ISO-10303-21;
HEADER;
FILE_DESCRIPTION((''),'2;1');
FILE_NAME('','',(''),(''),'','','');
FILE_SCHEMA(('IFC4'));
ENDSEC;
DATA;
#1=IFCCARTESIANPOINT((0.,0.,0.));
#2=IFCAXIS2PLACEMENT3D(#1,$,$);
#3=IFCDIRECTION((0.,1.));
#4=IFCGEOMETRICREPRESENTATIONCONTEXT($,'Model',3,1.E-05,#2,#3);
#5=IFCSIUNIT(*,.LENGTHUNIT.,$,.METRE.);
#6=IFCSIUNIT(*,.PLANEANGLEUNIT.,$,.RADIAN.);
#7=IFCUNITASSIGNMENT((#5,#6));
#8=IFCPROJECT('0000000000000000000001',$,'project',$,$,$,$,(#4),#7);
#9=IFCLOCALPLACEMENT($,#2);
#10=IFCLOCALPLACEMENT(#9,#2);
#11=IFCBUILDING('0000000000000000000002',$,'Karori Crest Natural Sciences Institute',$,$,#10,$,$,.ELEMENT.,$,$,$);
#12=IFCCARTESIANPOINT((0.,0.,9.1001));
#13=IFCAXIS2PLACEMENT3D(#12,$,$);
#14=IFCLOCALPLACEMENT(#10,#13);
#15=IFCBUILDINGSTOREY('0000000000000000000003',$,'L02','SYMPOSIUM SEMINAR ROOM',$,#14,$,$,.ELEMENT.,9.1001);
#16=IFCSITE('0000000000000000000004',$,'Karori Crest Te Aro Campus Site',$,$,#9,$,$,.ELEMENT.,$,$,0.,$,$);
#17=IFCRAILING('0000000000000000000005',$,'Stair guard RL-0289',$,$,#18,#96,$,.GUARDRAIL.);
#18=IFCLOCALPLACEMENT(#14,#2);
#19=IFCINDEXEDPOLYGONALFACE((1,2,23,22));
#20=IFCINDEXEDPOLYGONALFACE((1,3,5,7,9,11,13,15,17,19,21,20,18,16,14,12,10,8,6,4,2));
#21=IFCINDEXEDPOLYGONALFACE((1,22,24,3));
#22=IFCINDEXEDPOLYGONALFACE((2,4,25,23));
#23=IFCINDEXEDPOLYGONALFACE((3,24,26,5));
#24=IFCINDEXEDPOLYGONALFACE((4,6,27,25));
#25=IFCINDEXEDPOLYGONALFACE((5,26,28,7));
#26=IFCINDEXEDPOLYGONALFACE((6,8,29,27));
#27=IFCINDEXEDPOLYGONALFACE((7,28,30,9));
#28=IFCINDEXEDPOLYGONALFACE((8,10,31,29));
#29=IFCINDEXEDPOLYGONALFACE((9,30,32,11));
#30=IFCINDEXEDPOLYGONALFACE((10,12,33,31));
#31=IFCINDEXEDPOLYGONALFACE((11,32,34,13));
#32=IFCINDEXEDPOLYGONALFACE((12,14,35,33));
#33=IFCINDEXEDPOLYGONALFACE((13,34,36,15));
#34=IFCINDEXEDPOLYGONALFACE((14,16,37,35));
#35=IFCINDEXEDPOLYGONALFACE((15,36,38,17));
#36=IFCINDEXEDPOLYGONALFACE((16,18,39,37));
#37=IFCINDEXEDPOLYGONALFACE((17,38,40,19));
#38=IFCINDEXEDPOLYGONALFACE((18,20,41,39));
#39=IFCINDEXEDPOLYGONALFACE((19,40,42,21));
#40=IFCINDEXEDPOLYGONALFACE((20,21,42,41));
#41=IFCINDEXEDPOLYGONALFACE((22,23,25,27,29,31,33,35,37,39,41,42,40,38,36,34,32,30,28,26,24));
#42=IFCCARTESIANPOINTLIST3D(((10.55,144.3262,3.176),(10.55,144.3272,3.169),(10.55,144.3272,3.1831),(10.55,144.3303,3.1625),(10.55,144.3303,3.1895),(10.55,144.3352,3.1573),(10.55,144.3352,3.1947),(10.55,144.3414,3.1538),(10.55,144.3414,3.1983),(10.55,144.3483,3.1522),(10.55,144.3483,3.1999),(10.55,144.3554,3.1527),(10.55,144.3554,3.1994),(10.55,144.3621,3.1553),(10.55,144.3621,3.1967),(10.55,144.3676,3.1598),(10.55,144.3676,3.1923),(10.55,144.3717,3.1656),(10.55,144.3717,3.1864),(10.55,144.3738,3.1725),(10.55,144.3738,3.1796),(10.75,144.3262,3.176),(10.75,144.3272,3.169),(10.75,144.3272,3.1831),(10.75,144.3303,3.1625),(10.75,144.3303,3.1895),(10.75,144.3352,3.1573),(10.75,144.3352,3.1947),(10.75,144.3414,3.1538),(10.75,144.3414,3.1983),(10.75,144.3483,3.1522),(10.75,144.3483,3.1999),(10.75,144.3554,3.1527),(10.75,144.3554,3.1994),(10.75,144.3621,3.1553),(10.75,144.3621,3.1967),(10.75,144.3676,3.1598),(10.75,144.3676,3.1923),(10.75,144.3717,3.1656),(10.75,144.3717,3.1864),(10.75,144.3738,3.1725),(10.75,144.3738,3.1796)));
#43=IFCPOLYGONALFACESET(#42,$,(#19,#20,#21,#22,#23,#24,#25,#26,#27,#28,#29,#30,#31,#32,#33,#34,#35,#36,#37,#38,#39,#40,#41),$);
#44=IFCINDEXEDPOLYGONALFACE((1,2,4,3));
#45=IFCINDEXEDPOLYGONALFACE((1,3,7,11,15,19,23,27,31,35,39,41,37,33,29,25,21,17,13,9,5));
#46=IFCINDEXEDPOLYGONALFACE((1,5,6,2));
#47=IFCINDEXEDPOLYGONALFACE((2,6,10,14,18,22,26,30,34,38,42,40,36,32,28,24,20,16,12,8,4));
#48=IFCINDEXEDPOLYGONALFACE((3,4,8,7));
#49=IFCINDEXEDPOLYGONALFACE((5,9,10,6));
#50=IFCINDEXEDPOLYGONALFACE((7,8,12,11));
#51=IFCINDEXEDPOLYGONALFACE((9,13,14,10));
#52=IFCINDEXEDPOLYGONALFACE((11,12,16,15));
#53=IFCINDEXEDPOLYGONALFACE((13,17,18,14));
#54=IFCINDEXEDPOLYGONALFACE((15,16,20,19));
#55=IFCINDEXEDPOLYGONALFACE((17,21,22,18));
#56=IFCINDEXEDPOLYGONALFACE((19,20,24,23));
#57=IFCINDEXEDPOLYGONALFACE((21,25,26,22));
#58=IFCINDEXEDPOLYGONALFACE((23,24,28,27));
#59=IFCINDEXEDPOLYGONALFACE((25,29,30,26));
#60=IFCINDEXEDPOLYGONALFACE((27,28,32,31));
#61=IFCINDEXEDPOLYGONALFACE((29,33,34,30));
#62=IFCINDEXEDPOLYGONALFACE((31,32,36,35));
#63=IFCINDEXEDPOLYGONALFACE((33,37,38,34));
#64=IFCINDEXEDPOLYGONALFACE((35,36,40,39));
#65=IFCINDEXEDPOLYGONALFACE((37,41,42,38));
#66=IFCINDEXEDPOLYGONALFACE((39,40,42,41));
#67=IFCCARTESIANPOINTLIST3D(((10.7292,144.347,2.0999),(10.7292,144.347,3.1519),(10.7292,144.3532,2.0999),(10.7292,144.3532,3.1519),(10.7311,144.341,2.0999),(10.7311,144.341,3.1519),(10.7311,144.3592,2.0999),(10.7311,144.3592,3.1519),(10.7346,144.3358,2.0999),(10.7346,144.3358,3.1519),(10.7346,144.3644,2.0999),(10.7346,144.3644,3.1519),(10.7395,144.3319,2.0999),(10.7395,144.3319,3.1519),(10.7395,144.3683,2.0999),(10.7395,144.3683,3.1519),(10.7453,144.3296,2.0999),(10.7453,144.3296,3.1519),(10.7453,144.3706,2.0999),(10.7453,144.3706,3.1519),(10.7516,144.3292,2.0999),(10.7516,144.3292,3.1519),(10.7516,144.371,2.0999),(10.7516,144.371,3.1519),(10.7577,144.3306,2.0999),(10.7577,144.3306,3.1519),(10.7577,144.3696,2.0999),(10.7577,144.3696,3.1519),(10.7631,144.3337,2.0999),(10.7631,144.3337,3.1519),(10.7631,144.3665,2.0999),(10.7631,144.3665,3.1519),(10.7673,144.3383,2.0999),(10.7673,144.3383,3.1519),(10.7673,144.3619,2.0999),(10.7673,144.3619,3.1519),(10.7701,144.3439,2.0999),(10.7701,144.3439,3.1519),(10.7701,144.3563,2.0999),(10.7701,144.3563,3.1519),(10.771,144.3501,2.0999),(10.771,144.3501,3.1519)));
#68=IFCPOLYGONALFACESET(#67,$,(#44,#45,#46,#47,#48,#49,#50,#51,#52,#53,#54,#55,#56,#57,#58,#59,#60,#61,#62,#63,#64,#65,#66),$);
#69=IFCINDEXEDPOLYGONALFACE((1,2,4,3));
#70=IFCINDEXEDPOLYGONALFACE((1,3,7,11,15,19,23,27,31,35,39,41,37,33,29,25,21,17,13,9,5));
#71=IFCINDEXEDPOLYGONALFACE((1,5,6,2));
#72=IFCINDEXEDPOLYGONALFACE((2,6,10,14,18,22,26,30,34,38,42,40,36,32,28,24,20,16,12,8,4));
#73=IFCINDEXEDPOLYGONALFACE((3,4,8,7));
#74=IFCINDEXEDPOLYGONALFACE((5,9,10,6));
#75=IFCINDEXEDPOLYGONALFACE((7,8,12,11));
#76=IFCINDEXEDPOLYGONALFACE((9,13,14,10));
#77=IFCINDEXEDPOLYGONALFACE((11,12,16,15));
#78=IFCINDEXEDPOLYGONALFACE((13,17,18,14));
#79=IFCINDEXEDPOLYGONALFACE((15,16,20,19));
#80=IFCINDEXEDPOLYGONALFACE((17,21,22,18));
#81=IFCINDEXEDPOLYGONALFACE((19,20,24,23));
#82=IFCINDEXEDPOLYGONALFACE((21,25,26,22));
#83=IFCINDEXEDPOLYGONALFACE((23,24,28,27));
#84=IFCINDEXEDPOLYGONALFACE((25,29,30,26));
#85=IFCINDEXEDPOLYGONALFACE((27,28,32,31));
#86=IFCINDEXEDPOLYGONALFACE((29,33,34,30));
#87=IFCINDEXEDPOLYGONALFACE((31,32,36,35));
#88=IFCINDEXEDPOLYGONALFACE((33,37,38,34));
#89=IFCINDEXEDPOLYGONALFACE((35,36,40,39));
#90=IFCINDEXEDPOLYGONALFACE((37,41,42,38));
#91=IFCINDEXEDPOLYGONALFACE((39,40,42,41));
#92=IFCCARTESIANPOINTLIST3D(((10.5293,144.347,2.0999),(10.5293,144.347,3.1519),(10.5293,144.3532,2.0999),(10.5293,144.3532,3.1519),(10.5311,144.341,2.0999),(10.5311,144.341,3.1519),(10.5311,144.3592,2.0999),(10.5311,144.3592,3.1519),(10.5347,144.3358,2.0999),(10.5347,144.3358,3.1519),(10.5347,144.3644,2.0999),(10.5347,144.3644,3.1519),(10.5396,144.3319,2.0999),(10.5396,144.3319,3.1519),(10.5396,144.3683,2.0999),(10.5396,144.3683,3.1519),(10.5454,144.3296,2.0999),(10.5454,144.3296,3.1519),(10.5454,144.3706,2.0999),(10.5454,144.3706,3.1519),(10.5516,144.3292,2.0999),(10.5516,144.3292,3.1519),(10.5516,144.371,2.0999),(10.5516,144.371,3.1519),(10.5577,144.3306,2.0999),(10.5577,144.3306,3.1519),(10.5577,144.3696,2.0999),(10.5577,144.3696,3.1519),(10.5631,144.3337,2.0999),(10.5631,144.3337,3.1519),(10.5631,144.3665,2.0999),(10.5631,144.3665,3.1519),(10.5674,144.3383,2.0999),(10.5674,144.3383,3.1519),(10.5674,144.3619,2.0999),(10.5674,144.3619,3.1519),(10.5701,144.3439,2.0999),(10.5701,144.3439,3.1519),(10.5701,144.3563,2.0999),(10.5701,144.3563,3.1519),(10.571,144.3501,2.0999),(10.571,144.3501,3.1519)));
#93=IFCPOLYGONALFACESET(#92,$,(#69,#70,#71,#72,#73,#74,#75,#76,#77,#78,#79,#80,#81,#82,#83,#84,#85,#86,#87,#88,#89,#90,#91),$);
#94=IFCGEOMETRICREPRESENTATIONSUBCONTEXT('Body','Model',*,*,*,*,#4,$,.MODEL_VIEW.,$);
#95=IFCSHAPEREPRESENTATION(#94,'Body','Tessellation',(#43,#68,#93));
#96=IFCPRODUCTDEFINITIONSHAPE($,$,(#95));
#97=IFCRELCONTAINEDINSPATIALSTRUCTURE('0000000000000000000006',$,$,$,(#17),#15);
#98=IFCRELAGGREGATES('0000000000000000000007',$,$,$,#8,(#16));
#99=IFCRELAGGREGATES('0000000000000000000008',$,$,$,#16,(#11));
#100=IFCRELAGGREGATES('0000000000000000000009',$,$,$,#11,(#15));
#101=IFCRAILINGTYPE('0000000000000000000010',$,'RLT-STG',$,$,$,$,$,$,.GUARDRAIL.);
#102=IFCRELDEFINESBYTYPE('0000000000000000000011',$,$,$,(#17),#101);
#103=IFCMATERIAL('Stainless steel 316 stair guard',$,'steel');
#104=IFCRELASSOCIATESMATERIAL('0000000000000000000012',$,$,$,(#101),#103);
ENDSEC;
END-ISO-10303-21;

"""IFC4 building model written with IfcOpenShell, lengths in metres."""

from ifc_helpers import new_model, si_unit, direction, frame, origin, origin_2d, place, context, subcontext, project, spatial, circle, extrude, material, type_object, element, save


model = new_model("IFC4")

# Units and contexts
model_context = context("Model", 3, precision=1e-05, world=origin(), true_north=direction((0.0, 1.0)))
body_context = subcontext(model_context, "Body", "Model", "MODEL_VIEW")
ifc_project = project(units=[si_unit("LENGTHUNIT", "METRE"), si_unit("PLANEANGLEUNIT", "RADIAN")], contexts=[model_context])

# Site, building, storey
site_placement = place(None, origin())
site = spatial("IfcSite", under=ifc_project, at=site_placement, Name="Karori Crest Te Aro Campus Site", CompositionType="ELEMENT", RefElevation=0.0)
building_placement = place(site_placement, origin())
building = spatial("IfcBuilding", under=site, at=building_placement, Name="Karori Crest Natural Sciences Institute", CompositionType="ELEMENT")
storey_placement = place(building_placement, frame((0.0, 0.0, 9.1001)))
storey = spatial("IfcBuildingStorey", under=building, at=storey_placement, Name="L02", Description="SYMPOSIUM SEMINAR ROOM", CompositionType="ELEMENT", Elevation=9.1001)

# Railing
ifc_material_1 = material(Name="Stainless steel 316 stair guard", Category="steel")
railing_type_1 = type_object("IfcRailingType", Name="RLT-STG", PredefinedType="GUARDRAIL", material=ifc_material_1)
railing_1_placement = place(storey_placement, frame((10.75, 144.3501, 2.0999)))
element("IfcRailing", 1, at=railing_1_placement, inside=storey, type_object=railing_type_1, Name="Stair guard RL-0289", PredefinedType="GUARDRAIL", context=body_context, shape_type="SweptSolid", body=[
    extrude(circle(Radius=0.0239, at=origin_2d()), frame((0.0, 0.0, 1.0762), z_axis=(-1.0, 0.0, 0.0), x_axis=(0.0, -1.0, 0.0)), (0.0, 0.0, 1.0), 0.2),
    extrude(circle(Radius=0.021, at=origin_2d()), origin(), (0.0, 0.0, 1.0), 1.052),
    extrude(circle(Radius=0.021, at=origin_2d()), frame((-0.2, 0.0, 0.0)), (0.0, 0.0, 1.0), 1.052),
])

save(model, "model.ifc")
